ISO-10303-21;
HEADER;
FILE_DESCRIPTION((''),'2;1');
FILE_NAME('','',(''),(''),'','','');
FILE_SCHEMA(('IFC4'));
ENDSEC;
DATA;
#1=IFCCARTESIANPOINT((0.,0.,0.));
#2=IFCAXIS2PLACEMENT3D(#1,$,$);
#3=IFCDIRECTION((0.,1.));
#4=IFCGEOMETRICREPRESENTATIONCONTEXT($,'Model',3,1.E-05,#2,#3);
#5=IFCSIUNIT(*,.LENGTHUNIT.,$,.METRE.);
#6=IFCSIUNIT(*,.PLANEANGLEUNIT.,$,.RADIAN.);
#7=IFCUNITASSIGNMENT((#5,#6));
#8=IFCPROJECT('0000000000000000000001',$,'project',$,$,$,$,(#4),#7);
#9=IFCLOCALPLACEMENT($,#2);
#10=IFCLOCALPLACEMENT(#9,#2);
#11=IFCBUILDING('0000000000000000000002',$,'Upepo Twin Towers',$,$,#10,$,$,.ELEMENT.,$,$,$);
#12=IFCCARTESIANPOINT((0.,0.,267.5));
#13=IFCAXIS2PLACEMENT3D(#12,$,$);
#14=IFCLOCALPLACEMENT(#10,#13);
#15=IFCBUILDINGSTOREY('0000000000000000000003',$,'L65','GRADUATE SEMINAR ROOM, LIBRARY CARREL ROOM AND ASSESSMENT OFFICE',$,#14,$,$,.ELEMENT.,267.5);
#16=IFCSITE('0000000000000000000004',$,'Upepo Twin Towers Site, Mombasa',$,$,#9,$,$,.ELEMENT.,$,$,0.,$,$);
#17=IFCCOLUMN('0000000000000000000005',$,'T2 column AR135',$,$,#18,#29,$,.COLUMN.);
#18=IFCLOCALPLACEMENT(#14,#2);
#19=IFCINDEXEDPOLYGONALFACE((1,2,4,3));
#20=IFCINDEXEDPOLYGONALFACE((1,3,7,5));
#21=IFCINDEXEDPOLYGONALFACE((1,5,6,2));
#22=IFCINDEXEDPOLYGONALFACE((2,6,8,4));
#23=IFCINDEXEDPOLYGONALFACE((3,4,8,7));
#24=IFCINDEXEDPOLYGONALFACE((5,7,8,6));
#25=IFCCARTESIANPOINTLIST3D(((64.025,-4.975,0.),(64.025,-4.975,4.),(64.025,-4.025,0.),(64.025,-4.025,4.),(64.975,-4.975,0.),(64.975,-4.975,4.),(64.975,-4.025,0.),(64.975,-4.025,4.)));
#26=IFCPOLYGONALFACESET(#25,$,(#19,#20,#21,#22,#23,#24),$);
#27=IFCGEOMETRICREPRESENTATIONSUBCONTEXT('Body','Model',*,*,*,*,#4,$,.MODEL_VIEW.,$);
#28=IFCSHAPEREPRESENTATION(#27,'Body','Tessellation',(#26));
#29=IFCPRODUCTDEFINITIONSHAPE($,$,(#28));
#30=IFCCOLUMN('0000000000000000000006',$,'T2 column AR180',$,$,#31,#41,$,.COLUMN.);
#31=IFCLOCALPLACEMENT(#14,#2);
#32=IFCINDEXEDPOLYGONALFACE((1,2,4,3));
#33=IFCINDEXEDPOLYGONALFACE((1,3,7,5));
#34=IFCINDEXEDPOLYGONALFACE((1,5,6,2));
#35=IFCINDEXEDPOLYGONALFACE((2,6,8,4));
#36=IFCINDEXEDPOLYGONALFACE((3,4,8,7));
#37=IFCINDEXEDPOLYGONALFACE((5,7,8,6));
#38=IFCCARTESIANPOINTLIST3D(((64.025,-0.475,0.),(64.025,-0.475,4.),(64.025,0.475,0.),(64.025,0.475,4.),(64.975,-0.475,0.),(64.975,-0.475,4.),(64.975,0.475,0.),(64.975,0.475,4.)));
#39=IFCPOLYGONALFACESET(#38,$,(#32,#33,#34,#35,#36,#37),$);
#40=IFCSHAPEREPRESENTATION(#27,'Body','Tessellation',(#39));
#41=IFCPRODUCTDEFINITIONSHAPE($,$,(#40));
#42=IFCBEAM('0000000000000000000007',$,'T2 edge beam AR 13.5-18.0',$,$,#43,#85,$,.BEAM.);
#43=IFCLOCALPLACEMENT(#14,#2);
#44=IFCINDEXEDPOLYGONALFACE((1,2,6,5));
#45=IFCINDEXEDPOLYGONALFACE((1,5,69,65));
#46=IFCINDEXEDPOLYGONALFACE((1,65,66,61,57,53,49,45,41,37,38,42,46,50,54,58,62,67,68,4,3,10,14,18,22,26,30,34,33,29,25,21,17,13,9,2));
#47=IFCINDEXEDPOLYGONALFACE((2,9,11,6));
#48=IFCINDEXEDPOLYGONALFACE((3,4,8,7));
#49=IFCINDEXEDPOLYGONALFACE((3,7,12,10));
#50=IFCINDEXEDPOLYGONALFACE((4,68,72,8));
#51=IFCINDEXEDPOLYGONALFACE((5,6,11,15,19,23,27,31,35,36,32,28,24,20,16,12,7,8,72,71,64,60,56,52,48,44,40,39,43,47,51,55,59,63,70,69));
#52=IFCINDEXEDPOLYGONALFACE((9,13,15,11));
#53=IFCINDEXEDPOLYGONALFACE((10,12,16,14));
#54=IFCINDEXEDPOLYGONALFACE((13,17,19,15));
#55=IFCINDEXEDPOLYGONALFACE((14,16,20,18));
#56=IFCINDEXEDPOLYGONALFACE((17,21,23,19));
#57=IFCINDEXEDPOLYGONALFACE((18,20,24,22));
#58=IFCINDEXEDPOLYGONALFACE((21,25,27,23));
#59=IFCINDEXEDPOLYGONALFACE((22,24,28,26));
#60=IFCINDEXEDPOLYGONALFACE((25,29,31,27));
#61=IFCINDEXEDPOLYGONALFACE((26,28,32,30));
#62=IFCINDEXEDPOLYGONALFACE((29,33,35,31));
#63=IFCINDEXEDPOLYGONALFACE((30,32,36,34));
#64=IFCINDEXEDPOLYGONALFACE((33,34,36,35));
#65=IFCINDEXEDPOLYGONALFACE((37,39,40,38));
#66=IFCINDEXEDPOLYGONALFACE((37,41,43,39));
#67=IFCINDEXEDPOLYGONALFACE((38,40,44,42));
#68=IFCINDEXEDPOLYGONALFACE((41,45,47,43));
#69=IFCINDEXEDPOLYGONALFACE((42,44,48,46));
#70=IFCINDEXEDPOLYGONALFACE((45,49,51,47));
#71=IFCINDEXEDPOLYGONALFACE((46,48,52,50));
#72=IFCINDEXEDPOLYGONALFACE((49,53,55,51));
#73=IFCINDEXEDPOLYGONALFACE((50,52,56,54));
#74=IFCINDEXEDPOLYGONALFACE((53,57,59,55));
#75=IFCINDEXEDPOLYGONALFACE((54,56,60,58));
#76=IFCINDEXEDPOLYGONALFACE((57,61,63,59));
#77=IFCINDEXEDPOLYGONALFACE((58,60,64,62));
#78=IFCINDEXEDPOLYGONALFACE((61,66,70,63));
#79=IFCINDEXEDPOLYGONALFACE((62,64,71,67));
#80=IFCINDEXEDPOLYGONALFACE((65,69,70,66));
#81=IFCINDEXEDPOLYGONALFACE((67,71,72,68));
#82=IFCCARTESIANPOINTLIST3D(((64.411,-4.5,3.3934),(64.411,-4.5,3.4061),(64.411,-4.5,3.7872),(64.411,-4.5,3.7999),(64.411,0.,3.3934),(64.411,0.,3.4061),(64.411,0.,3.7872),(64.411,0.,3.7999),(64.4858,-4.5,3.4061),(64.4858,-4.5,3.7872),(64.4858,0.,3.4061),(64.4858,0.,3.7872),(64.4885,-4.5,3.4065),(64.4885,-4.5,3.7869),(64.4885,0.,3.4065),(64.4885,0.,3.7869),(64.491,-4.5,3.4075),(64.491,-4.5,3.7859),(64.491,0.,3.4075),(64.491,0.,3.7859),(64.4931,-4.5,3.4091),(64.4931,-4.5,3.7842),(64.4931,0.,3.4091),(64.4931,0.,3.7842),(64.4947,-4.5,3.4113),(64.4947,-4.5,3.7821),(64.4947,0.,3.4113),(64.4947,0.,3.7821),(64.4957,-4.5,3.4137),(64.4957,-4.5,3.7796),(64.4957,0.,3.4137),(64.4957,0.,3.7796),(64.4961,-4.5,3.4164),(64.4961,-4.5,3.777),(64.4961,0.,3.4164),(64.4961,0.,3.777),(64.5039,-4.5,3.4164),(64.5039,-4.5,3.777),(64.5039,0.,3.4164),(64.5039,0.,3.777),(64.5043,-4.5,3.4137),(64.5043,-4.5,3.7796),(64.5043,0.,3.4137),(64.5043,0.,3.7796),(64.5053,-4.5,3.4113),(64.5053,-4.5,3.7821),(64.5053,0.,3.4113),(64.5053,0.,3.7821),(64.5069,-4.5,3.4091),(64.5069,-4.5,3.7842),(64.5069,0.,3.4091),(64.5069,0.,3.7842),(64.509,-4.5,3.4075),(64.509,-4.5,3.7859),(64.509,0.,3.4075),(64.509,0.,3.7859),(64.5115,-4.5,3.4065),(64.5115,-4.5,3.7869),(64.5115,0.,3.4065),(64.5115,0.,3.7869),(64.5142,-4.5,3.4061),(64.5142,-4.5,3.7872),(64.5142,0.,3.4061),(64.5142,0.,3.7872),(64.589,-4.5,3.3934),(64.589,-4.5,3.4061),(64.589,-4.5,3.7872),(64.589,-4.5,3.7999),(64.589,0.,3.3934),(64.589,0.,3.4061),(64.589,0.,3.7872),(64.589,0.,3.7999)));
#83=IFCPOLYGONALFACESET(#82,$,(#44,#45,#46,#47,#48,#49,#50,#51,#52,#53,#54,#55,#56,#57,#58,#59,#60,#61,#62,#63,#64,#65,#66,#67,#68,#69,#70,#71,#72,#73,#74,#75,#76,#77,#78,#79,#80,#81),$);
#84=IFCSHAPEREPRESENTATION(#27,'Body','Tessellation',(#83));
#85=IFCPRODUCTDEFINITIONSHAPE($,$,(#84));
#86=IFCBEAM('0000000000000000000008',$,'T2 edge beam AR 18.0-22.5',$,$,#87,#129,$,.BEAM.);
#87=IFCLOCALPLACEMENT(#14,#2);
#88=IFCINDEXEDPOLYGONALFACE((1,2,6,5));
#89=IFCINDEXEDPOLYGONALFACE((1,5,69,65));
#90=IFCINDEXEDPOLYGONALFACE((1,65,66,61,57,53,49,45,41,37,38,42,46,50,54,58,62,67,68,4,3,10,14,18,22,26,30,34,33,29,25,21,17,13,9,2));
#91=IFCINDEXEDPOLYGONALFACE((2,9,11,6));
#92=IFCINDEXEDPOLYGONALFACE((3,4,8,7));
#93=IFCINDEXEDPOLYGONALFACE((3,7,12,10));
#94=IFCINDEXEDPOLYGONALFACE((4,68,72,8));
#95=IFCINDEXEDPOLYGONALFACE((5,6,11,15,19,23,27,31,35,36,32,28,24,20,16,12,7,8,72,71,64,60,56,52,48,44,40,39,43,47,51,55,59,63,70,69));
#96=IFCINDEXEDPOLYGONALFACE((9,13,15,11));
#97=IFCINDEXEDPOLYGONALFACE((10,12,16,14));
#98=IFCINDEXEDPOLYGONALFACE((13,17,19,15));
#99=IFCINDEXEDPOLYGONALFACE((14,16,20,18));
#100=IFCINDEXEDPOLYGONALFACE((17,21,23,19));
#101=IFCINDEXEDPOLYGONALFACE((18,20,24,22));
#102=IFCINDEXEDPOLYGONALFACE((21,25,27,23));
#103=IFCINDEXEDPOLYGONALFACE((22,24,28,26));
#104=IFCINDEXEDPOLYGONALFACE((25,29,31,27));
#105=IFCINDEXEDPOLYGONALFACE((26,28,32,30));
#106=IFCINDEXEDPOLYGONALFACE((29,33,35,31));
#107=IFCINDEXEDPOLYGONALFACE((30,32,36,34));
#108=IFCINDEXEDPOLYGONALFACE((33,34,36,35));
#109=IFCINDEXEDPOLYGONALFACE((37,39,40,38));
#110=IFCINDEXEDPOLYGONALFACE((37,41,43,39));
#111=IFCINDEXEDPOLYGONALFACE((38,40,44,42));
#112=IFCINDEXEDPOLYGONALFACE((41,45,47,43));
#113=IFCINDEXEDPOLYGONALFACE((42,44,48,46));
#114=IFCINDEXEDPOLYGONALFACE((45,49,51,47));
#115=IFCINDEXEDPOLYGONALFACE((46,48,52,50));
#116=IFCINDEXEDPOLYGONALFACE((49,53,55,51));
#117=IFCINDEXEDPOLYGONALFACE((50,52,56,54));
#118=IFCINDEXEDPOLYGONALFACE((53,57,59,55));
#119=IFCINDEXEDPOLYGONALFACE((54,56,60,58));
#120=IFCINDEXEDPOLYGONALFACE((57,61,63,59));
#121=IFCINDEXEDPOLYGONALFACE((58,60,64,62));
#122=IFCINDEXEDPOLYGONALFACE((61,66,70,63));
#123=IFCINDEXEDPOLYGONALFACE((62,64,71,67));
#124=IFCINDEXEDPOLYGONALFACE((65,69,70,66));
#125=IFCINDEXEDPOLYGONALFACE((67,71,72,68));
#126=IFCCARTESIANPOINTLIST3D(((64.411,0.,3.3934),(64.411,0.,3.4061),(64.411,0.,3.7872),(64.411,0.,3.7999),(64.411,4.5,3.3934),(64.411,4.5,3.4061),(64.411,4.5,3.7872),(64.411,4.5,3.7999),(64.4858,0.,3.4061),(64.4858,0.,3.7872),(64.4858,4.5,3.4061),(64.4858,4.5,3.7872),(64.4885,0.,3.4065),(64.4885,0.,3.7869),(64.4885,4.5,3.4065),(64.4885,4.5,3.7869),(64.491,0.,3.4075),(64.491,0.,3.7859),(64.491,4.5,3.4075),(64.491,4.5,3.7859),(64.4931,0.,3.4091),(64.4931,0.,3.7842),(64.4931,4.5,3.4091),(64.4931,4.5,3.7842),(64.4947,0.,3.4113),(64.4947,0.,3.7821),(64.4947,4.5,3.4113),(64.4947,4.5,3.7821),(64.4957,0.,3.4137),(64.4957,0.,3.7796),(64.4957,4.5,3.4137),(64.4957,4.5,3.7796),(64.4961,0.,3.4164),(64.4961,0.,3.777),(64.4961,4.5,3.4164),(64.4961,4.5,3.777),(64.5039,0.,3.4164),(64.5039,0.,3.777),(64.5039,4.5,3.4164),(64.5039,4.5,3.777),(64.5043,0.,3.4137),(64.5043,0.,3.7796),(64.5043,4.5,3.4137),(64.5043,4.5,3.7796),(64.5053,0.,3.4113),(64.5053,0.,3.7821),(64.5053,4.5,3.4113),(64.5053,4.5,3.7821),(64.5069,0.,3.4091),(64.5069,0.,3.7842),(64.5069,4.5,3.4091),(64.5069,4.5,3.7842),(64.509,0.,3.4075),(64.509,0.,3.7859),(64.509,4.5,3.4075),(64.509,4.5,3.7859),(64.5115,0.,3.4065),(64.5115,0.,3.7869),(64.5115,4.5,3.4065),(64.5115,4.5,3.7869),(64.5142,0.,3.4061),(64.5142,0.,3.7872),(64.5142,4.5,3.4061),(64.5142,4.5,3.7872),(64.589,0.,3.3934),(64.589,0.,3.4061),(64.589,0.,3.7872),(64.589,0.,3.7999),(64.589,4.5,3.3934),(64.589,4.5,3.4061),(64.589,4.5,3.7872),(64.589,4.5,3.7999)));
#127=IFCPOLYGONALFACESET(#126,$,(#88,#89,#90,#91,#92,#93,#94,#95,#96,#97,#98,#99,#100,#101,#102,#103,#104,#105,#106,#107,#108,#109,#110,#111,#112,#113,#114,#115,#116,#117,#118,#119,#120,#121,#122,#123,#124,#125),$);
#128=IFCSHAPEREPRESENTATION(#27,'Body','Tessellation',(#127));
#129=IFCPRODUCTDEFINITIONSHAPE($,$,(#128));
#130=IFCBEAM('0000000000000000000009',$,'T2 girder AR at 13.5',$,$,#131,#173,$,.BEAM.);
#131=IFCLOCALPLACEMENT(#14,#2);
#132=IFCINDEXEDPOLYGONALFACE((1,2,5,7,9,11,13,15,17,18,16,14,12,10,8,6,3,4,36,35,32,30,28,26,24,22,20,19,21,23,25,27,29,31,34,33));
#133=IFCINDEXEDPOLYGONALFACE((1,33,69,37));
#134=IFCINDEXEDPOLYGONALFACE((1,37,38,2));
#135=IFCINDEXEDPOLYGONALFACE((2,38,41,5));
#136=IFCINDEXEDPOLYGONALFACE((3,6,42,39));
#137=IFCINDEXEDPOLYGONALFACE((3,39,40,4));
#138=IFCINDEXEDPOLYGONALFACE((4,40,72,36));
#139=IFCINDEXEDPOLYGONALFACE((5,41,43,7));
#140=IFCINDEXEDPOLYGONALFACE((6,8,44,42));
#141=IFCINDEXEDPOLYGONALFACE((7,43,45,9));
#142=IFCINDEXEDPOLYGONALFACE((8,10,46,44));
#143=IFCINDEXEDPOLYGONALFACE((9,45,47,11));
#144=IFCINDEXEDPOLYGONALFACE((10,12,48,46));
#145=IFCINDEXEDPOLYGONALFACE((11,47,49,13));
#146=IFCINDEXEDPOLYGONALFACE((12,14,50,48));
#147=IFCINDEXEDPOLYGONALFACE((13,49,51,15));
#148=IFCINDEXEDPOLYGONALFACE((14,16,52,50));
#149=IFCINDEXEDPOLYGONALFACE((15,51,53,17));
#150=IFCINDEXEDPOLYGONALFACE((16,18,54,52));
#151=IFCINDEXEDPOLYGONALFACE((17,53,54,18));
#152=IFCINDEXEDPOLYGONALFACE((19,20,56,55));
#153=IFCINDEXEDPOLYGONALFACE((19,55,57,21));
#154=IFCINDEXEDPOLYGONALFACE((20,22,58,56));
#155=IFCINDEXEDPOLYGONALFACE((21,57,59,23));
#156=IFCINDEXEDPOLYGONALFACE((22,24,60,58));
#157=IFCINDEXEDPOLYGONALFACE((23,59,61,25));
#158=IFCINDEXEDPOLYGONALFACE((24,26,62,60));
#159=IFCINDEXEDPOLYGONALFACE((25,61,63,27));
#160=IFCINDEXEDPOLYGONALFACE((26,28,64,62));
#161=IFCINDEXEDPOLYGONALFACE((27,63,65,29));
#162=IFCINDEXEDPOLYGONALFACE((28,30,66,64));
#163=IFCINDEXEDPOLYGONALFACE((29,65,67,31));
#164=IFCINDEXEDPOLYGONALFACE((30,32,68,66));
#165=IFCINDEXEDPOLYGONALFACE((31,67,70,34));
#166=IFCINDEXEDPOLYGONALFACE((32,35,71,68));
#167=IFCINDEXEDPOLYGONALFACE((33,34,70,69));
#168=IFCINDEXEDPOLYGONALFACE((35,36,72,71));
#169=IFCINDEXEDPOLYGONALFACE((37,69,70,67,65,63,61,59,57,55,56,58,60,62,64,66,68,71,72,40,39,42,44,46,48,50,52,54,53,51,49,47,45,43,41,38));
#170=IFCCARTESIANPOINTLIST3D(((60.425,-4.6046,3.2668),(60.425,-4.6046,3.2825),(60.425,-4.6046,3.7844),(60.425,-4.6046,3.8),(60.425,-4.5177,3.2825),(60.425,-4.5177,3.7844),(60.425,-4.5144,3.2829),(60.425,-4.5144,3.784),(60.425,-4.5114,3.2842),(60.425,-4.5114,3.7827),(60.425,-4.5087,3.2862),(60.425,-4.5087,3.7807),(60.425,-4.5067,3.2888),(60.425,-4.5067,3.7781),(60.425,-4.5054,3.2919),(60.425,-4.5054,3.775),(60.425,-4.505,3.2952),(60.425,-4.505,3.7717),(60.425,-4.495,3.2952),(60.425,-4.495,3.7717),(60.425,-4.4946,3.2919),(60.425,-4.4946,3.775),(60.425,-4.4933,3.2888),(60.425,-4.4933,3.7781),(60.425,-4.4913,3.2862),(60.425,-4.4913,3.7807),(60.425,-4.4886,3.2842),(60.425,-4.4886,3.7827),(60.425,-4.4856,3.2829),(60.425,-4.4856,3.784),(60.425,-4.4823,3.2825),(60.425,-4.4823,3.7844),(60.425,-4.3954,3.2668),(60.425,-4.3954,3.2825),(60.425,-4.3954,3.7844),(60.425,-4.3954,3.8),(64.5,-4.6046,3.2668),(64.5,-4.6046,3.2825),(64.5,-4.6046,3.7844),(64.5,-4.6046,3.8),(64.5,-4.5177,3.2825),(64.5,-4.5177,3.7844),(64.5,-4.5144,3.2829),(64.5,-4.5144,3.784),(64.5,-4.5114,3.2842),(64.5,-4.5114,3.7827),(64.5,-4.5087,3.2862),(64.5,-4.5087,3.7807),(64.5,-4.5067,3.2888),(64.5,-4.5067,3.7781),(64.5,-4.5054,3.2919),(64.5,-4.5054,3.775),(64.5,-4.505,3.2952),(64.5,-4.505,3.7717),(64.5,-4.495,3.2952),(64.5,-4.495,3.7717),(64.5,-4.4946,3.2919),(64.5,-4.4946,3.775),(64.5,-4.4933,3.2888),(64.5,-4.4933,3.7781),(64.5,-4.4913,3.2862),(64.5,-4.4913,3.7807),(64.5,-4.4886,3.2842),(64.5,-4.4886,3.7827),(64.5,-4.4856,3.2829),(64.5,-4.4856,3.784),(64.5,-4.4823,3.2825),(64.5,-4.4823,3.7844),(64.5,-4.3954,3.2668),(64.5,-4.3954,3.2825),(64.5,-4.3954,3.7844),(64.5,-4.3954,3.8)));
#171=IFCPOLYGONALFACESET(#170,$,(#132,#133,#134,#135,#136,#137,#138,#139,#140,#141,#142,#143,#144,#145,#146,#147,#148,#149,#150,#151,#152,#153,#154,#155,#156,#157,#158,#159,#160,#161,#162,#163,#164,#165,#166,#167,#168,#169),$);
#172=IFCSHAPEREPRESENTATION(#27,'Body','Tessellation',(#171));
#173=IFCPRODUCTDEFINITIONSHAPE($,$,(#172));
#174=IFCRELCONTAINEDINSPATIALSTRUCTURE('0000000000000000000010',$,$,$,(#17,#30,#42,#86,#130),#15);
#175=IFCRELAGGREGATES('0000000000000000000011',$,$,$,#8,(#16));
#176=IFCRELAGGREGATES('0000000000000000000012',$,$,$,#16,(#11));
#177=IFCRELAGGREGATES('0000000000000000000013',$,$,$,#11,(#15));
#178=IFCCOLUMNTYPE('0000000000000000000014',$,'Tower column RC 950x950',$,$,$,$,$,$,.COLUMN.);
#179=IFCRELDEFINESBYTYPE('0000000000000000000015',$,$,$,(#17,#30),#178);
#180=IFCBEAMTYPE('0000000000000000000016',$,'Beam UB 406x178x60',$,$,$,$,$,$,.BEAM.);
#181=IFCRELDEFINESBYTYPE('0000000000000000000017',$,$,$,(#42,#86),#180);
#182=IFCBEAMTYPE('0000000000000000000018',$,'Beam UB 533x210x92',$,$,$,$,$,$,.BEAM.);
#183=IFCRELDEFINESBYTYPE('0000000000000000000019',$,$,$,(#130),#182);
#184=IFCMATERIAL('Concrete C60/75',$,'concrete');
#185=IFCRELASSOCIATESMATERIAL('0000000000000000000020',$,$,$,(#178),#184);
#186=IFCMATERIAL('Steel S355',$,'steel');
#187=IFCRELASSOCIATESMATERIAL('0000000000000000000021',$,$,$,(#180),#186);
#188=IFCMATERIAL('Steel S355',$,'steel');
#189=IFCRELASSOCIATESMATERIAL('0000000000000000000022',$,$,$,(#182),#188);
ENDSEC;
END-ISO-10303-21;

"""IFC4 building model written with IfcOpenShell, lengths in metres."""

from ifc_helpers import new_model, si_unit, direction, frame, origin, origin_2d, place, context, subcontext, project, spatial, rectangle, i_section, extrude, material, material_profile, profile_set, type_object, element, save


model = new_model("IFC4")

# Units and contexts
model_context = context("Model", 3, precision=1e-05, world=origin(), true_north=direction((0.0, 1.0)))
body_context = subcontext(model_context, "Body", "Model", "MODEL_VIEW")
ifc_project = project(units=[si_unit("LENGTHUNIT", "METRE"), si_unit("PLANEANGLEUNIT", "RADIAN")], contexts=[model_context])

# Site, building, storey
site_placement = place(None, origin())
site = spatial("IfcSite", under=ifc_project, at=site_placement, Name="Upepo Twin Towers Site, Mombasa", CompositionType="ELEMENT", RefElevation=0.0)
building_placement = place(site_placement, origin())
building = spatial("IfcBuilding", under=site, at=building_placement, Name="Upepo Twin Towers", CompositionType="ELEMENT")
storey_placement = place(building_placement, frame((0.0, 0.0, 267.5)))
storey = spatial("IfcBuildingStorey", under=building, at=storey_placement, Name="L65", Description="GRADUATE SEMINAR ROOM, LIBRARY CARREL ROOM AND ASSESSMENT OFFICE", CompositionType="ELEMENT", Elevation=267.5)

# Columns
ifc_material_1 = material(Name="Concrete C60/75", Category="concrete")
ifc_material_profile_1 = material_profile(ifc_material_1, rectangle(XDim=0.95, YDim=0.95, at=origin_2d()), Name="RC 950x950")
ifc_profile_set_1 = profile_set([ifc_material_profile_1], Name="Concrete C60/75")
column_type = type_object("IfcColumnType", Name="Tower column RC 950x950", PredefinedType="COLUMN", material=ifc_profile_set_1)
for number, where, z_axis, x_axis, name in (
    (1, (64.5, -4.5, 0.0), (0.0, 0.0, 1.0), (1.0, 0.0, 0.0), "T2 column AR135"),
    (2, (64.5, 0.0, 0.0), (0.0, 0.0, 1.0), (1.0, 0.0, 0.0), "T2 column AR180"),
):
    element("IfcColumn", number, at=place(storey_placement, frame(where, z_axis=z_axis, x_axis=x_axis)), inside=storey, type_object=column_type, Name=name, PredefinedType="COLUMN", context=body_context, shape_type="SweptSolid", body=[
        extrude(rectangle(XDim=0.95, YDim=0.95, at=origin_2d()), origin(), (0.0, 0.0, 1.0), 4.0),
    ])

# Beams
ifc_material_2 = material(Name="Steel S355", Category="steel")
ifc_material_profile_2 = material_profile(ifc_material_2, i_section(OverallWidth=0.178, OverallDepth=0.4065, WebThickness=0.0078, FlangeThickness=0.0127, FilletRadius=0.0103, at=origin_2d()), Name="UB 406x178x60")
ifc_profile_set_2 = profile_set([ifc_material_profile_2], Name="Steel S355")
beam_type_1 = type_object("IfcBeamType", Name="Beam UB 406x178x60", PredefinedType="BEAM", material=ifc_profile_set_2)
for number, where, z_axis, x_axis, name in (
    (3, (64.5, -4.5, 3.5967), (0.0, 1.0, 0.0), (-1.0, 0.0, 0.0), "T2 edge beam AR 13.5-18.0"),
    (4, (64.5, 0.0, 3.5967), (0.0, 1.0, 0.0), (-1.0, 0.0, 0.0), "T2 edge beam AR 18.0-22.5"),
):
    element("IfcBeam", number, at=place(storey_placement, frame(where, z_axis=z_axis, x_axis=x_axis)), inside=storey, type_object=beam_type_1, Name=name, PredefinedType="BEAM", context=body_context, shape_type="SweptSolid", body=[
        extrude(i_section(OverallWidth=0.178, OverallDepth=0.4065, WebThickness=0.0078, FlangeThickness=0.0127, FilletRadius=0.0103, at=origin_2d()), origin(), (0.0, 0.0, 1.0), 4.5),
    ])
ifc_material_3 = material(Name="Steel S355", Category="steel")
ifc_material_profile_3 = material_profile(ifc_material_3, i_section(OverallWidth=0.2092, OverallDepth=0.5332, WebThickness=0.01, FlangeThickness=0.0156, FilletRadius=0.0127, at=origin_2d()), Name="UB 533x210x92")
ifc_profile_set_3 = profile_set([ifc_material_profile_3], Name="Steel S355")
beam_type_2 = type_object("IfcBeamType", Name="Beam UB 533x210x92", PredefinedType="BEAM", material=ifc_profile_set_3)
for number, where, z_axis, x_axis, name in (
    (5, (64.5, -4.5, 3.5334), (-1.0, 0.0, 0.0), (0.0, -1.0, 0.0), "T2 girder AR at 13.5"),
):
    element("IfcBeam", number, at=place(storey_placement, frame(where, z_axis=z_axis, x_axis=x_axis)), inside=storey, type_object=beam_type_2, Name=name, PredefinedType="BEAM", context=body_context, shape_type="SweptSolid", body=[
        extrude(i_section(OverallWidth=0.2092, OverallDepth=0.5332, WebThickness=0.01, FlangeThickness=0.0156, FilletRadius=0.0127, at=origin_2d()), origin(), (0.0, 0.0, 1.0), 4.075),
    ])

save(model, "model.ifc")
